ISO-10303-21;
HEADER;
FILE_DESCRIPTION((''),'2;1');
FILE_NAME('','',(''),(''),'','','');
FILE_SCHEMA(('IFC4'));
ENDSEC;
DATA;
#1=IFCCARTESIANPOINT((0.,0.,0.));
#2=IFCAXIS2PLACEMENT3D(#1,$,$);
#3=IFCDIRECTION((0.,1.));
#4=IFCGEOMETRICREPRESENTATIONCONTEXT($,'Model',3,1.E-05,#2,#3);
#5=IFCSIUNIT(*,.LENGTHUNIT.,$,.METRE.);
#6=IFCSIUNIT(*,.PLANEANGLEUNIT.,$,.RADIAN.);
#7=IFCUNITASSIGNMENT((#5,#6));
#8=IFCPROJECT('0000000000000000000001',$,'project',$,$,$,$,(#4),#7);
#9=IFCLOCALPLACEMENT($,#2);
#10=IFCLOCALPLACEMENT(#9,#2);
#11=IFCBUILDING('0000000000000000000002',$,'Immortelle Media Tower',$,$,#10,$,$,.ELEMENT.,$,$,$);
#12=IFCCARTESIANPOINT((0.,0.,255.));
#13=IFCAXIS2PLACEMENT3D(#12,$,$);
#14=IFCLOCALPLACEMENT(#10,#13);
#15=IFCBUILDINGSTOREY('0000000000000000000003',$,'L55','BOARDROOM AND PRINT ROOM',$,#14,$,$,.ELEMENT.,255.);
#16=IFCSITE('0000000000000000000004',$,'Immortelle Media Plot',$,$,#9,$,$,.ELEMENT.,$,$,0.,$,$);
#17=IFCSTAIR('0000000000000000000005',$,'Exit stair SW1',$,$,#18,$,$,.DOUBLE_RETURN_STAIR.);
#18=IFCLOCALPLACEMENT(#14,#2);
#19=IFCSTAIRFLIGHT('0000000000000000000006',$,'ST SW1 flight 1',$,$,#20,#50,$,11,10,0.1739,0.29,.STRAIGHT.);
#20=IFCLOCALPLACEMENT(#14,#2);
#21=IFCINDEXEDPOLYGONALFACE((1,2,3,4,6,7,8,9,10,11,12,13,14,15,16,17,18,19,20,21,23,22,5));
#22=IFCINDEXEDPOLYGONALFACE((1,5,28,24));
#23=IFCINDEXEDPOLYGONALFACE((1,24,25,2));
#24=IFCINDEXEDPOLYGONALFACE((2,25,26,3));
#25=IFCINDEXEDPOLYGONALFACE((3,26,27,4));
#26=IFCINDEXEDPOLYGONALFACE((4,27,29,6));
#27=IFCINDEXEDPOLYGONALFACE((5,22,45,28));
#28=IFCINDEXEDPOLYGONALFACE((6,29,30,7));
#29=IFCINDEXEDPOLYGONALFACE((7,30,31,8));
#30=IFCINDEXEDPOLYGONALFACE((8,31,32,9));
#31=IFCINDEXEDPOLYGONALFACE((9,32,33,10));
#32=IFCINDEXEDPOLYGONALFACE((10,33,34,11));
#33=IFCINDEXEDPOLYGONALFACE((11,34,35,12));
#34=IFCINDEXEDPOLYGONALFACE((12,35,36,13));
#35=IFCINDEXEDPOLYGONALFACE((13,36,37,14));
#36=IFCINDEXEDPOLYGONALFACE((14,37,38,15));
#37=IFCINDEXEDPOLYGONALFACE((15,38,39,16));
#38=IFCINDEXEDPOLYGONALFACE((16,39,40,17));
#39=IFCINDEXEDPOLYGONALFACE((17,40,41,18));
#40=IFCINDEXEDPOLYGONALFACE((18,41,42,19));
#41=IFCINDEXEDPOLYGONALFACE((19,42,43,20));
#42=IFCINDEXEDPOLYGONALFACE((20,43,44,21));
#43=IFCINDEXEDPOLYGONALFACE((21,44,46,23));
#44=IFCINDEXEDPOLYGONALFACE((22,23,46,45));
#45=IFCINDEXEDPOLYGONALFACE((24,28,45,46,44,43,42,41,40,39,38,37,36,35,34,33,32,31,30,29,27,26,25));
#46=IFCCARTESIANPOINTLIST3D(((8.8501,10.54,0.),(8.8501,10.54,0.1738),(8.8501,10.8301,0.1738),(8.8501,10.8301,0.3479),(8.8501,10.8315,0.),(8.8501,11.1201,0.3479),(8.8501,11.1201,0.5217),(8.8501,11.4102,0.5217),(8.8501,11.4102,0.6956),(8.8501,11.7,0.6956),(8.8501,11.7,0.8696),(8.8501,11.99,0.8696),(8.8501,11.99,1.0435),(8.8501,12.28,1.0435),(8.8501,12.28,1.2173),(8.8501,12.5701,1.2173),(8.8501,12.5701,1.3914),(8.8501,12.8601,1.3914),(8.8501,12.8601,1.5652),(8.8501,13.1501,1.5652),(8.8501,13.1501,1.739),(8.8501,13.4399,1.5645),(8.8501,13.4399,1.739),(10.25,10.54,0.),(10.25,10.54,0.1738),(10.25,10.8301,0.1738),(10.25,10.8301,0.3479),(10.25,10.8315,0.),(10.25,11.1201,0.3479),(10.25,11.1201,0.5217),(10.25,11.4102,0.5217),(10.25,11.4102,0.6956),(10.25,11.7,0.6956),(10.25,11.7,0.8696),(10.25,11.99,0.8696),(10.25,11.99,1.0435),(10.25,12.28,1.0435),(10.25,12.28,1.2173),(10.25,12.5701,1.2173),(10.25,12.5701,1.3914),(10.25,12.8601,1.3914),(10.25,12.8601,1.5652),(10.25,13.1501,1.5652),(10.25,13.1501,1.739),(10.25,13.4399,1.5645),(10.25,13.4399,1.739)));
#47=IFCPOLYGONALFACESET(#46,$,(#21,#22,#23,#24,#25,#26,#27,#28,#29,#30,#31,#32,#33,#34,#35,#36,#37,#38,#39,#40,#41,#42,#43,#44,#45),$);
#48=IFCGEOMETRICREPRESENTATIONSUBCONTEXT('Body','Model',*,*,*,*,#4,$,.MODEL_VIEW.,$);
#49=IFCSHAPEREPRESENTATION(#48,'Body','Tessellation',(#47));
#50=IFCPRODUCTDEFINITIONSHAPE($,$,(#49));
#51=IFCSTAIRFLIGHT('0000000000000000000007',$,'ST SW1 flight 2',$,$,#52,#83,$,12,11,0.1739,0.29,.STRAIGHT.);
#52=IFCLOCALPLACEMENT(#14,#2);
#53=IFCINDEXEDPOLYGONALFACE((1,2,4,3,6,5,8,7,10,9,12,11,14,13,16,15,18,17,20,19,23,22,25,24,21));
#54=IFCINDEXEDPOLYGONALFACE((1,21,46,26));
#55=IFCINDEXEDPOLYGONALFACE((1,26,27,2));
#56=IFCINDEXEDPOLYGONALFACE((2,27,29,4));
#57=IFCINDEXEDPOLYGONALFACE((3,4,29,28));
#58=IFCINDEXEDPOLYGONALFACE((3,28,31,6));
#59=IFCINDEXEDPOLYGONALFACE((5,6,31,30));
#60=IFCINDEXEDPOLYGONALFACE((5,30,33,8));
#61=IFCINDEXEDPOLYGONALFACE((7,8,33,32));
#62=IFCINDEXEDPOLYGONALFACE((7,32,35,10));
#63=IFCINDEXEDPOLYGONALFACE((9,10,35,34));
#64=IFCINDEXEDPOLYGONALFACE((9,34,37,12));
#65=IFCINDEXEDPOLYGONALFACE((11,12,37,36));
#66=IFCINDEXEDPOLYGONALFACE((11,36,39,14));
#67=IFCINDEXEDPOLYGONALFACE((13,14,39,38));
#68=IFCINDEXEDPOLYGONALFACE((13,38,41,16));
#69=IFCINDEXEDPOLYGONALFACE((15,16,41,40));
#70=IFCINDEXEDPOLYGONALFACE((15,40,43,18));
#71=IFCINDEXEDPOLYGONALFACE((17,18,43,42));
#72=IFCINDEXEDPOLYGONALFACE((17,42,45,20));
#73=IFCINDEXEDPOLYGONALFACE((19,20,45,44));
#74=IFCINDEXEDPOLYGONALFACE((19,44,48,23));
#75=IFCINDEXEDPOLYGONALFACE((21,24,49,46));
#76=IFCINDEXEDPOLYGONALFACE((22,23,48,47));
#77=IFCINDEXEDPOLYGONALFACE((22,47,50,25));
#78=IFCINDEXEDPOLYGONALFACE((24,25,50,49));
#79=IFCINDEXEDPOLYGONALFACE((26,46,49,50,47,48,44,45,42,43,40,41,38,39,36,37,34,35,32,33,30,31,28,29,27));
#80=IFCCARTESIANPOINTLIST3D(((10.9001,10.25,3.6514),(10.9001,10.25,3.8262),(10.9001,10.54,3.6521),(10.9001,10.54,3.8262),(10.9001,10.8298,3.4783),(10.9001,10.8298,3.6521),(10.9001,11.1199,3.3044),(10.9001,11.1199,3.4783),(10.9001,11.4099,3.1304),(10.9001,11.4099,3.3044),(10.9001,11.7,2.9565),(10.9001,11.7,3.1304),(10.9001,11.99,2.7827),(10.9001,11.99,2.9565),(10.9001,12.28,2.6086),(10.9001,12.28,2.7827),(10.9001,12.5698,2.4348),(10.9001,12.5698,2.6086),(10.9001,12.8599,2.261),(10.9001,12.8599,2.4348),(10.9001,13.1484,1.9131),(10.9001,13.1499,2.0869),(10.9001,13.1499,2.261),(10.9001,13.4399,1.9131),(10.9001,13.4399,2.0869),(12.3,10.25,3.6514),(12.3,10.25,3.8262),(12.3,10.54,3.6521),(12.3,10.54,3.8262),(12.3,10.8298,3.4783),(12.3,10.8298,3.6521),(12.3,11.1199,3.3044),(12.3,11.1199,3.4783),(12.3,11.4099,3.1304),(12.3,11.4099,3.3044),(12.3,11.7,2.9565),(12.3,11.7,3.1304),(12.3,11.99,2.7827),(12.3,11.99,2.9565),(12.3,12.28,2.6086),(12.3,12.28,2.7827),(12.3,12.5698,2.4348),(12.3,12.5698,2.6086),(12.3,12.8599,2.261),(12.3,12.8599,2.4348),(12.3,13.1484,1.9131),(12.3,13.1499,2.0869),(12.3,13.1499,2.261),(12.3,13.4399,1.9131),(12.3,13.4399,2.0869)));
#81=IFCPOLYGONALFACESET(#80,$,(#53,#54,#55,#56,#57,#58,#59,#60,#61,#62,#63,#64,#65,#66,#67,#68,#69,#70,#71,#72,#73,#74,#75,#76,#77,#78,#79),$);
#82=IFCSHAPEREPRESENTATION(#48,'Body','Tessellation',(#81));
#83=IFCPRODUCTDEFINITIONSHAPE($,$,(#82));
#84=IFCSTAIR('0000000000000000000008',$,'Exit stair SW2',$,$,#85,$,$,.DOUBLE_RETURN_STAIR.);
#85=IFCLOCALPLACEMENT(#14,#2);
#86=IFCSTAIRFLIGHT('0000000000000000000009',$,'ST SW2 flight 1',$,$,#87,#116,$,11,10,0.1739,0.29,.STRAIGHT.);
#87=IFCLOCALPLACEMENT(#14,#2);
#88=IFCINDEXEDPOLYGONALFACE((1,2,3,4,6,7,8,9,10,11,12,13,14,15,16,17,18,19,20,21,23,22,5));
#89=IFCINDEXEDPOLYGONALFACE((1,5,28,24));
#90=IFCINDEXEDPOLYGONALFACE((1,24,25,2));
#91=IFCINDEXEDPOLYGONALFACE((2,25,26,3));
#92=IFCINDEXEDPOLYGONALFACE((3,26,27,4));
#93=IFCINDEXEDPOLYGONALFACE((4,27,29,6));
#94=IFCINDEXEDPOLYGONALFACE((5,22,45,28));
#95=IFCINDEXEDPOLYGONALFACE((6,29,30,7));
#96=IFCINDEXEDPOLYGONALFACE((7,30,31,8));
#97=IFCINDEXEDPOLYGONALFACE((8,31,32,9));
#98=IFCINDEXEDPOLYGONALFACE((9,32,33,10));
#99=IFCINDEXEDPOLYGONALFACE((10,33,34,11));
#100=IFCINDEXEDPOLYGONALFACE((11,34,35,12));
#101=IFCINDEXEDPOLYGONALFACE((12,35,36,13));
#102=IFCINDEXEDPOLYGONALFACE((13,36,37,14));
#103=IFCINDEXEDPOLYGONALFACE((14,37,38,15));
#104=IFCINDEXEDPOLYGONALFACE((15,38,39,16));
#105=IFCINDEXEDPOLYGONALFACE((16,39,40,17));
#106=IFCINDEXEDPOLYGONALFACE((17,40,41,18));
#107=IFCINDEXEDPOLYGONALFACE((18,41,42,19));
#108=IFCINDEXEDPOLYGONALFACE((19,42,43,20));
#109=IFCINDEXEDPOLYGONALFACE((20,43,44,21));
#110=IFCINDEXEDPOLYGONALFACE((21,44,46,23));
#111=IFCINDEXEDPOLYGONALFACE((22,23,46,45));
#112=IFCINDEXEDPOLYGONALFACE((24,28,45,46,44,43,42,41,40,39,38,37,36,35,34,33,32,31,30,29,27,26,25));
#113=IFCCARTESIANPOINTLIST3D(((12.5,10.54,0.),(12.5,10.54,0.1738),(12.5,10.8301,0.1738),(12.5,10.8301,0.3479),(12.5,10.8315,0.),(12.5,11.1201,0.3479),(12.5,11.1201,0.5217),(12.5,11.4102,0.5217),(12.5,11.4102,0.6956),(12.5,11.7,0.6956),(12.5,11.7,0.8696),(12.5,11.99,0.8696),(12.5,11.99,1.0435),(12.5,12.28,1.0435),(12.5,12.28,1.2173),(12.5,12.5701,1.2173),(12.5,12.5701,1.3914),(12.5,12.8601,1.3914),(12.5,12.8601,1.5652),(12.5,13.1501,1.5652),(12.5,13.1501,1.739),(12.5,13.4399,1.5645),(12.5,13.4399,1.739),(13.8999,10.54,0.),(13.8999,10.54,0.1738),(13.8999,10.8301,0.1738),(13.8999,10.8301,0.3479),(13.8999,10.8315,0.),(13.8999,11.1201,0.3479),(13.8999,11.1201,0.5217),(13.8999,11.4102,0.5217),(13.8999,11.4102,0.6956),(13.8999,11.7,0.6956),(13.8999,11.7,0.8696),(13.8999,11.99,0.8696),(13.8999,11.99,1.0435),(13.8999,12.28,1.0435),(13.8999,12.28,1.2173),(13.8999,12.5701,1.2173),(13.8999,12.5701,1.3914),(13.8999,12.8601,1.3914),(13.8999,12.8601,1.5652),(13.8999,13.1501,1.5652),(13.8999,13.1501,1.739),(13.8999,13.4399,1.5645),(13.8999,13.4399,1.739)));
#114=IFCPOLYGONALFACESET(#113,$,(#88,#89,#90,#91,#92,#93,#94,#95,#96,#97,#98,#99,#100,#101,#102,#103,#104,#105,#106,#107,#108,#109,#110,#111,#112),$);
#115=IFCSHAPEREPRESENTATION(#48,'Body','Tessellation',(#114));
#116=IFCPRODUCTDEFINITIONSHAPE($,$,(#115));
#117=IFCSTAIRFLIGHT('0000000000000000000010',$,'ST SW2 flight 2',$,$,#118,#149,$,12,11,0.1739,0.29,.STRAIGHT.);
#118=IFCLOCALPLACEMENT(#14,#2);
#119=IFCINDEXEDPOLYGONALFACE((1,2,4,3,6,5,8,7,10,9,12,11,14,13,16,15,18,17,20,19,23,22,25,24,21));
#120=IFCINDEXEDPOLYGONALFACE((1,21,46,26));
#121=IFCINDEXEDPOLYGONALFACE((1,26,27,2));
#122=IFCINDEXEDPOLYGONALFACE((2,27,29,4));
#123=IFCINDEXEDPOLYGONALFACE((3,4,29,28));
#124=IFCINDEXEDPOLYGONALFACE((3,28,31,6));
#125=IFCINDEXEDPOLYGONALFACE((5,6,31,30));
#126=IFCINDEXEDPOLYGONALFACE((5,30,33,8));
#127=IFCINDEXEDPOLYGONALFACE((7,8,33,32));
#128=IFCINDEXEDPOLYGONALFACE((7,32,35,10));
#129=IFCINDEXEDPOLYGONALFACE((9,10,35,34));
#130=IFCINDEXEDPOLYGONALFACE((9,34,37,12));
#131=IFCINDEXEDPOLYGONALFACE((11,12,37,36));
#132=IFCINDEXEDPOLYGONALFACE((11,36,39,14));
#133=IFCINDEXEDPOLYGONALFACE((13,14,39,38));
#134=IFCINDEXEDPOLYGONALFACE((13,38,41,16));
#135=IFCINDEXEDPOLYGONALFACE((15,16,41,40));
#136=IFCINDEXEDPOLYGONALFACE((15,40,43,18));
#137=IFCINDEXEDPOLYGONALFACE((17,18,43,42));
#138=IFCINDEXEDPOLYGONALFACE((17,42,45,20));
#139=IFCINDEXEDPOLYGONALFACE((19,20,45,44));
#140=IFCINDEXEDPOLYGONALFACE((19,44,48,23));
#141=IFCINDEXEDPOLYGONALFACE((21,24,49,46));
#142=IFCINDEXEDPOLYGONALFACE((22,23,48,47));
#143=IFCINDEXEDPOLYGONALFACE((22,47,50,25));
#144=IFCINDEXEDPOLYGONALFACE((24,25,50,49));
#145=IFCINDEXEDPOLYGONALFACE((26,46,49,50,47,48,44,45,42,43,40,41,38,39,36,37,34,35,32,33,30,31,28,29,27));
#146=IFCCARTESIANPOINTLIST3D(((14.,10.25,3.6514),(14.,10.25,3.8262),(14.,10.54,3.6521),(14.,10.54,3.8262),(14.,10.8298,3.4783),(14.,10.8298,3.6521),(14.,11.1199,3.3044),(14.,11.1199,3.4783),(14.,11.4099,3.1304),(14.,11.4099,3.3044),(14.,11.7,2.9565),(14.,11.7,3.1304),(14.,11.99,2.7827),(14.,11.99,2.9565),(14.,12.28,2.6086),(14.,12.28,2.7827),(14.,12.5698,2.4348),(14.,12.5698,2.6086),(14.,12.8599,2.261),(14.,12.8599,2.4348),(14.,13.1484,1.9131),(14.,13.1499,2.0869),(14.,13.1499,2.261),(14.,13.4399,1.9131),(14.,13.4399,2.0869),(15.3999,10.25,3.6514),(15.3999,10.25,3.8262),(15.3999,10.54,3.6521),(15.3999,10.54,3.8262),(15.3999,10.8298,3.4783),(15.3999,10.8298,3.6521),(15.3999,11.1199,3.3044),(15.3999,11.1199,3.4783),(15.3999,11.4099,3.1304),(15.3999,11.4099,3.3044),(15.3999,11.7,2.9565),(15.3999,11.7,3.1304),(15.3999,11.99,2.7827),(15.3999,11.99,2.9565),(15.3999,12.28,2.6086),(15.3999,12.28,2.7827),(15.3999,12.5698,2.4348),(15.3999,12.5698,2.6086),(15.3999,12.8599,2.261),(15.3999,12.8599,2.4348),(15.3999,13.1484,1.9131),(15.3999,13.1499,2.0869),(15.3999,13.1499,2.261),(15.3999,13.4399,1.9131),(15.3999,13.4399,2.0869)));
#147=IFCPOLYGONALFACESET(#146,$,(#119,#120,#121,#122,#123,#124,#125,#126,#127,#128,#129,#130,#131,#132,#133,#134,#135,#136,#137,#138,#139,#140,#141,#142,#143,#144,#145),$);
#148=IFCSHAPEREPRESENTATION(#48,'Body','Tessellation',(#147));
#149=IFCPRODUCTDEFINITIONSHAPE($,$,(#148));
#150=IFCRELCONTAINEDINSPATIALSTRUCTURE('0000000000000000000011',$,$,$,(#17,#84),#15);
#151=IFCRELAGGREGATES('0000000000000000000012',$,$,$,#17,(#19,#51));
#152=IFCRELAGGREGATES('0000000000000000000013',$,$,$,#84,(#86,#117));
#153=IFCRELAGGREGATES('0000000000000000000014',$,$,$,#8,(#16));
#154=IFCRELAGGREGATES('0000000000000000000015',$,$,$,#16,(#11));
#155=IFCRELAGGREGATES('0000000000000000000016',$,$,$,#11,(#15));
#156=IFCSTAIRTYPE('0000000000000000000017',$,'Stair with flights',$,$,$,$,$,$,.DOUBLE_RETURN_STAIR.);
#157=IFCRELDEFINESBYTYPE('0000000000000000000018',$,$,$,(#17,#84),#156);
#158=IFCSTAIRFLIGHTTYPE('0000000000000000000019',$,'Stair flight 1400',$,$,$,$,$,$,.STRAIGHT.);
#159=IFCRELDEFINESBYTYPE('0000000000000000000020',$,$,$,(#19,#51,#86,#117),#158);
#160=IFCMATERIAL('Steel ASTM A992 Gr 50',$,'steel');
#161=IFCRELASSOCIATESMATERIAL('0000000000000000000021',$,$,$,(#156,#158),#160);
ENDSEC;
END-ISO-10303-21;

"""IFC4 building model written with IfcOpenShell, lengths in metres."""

from ifc_helpers import new_model, si_unit, direction, frame, origin, place, context, subcontext, project, spatial, polyline, outline, extrude, material, type_object, element, aggregate, save


model = new_model("IFC4")

# Units and contexts
model_context = context("Model", 3, precision=1e-05, world=origin(), true_north=direction((0.0, 1.0)))
body_context = subcontext(model_context, "Body", "Model", "MODEL_VIEW")
ifc_project = project(units=[si_unit("LENGTHUNIT", "METRE"), si_unit("PLANEANGLEUNIT", "RADIAN")], contexts=[model_context])

# Site, building, storey
site_placement = place(None, origin())
site = spatial("IfcSite", under=ifc_project, at=site_placement, Name="Immortelle Media Plot", CompositionType="ELEMENT", RefElevation=0.0)
building_placement = place(site_placement, origin())
building = spatial("IfcBuilding", under=site, at=building_placement, Name="Immortelle Media Tower", CompositionType="ELEMENT")
storey_placement = place(building_placement, frame((0.0, 0.0, 255.0)))
storey = spatial("IfcBuildingStorey", under=building, at=storey_placement, Name="L55", Description="BOARDROOM AND PRINT ROOM", CompositionType="ELEMENT", Elevation=255.0)

# Shared definitions
ifc_material_1 = material(Name="Steel ASTM A992 Gr 50", Category="steel")

# Stairs, stair flights
stair_type = type_object("IfcStairType", Name="Stair with flights", PredefinedType="DOUBLE_RETURN_STAIR", material=ifc_material_1)
stair_1_placement = place(storey_placement, origin())
stair_1 = element("IfcStair", 1, at=stair_1_placement, inside=storey, type_object=stair_type, Name="Exit stair SW1", PredefinedType="DOUBLE_RETURN_STAIR")
stair_flight_type = type_object("IfcStairFlightType", Name="Stair flight 1400", PredefinedType="STRAIGHT", material=ifc_material_1)
stair_flight_1_placement = place(storey_placement, frame((9.55, 10.54, 0.0), z_axis=(0.0, 0.0, 1.0), x_axis=(0.0, 1.0, 0.0)))
stair_flight_1 = element("IfcStairFlight", 2, at=stair_flight_1_placement, type_object=stair_flight_type, Name="ST SW1 flight 1", NumberOfRisers=11, NumberOfTreads=10, PredefinedType="STRAIGHT", RiserHeight=0.1739, TreadLength=0.29, context=body_context, shape_type="SweptSolid", body=[
    extrude(outline(polyline([(0.0, 0.0), (0.0, 0.1738), (0.29, 0.1738), (0.29, 0.3479), (0.5801, 0.3479), (0.5801, 0.5217), (0.8701, 0.5217), (0.8701, 0.6956), (1.1599, 0.6956), (1.1599, 0.8696), (1.45, 0.8696), (1.45, 1.0435), (1.74, 1.0435), (1.74, 1.2173), (2.03, 1.2173), (2.03, 1.3914), (2.3201, 1.3914), (2.3201, 1.5652), (2.6101, 1.5652), (2.6101, 1.739), (2.8999, 1.739), (2.8999, 1.9131), (2.8999, 1.5645), (0.2915, 0.0), (0.0, 0.0)])), frame((0.0, 0.7, 0.0), z_axis=(0.0, -1.0, 0.0), x_axis=(1.0, 0.0, 0.0)), (0.0, 0.0, 1.0), 1.3999),
])
stair_flight_2_placement = place(storey_placement, frame((11.6001, 13.4399, 1.9131), z_axis=(0.0, 0.0, 1.0), x_axis=(0.0, -1.0, 0.0)))
stair_flight_2 = element("IfcStairFlight", 3, at=stair_flight_2_placement, type_object=stair_flight_type, Name="ST SW1 flight 2", NumberOfRisers=12, NumberOfTreads=11, PredefinedType="STRAIGHT", RiserHeight=0.1739, TreadLength=0.29, context=body_context, shape_type="SweptSolid", body=[
    extrude(outline(polyline([(0.0, 0.0), (0.0, 0.1738), (0.29, 0.1738), (0.29, 0.3479), (0.5801, 0.3479), (0.5801, 0.5217), (0.8701, 0.5217), (0.8701, 0.6956), (1.1599, 0.6956), (1.1599, 0.8696), (1.45, 0.8696), (1.45, 1.0435), (1.74, 1.0435), (1.74, 1.2173), (2.03, 1.2173), (2.03, 1.3914), (2.3201, 1.3914), (2.3201, 1.5652), (2.6101, 1.5652), (2.6101, 1.739), (2.8999, 1.739), (2.8999, 1.9131), (3.1899, 1.9131), (3.1899, 2.0869), (3.1899, 1.7383), (0.2915, 0.0), (0.0, 0.0)])), frame((0.0, 0.7, 0.0), z_axis=(0.0, -1.0, 0.0), x_axis=(1.0, 0.0, 0.0)), (0.0, 0.0, 1.0), 1.3999),
])
aggregate(stair_1, [stair_flight_1, stair_flight_2])
stair_2_placement = place(storey_placement, origin())
stair_2 = element("IfcStair", 4, at=stair_2_placement, inside=storey, type_object=stair_type, Name="Exit stair SW2", PredefinedType="DOUBLE_RETURN_STAIR")
stair_flight_3_placement = place(storey_placement, frame((13.2, 10.54, 0.0), z_axis=(0.0, 0.0, 1.0), x_axis=(0.0, 1.0, 0.0)))
stair_flight_3 = element("IfcStairFlight", 5, at=stair_flight_3_placement, type_object=stair_flight_type, Name="ST SW2 flight 1", NumberOfRisers=11, NumberOfTreads=10, PredefinedType="STRAIGHT", RiserHeight=0.1739, TreadLength=0.29, context=body_context, shape_type="SweptSolid", body=[
    extrude(outline(polyline([(0.0, 0.0), (0.0, 0.1738), (0.29, 0.1738), (0.29, 0.3479), (0.5801, 0.3479), (0.5801, 0.5217), (0.8701, 0.5217), (0.8701, 0.6956), (1.1599, 0.6956), (1.1599, 0.8696), (1.45, 0.8696), (1.45, 1.0435), (1.74, 1.0435), (1.74, 1.2173), (2.03, 1.2173), (2.03, 1.3914), (2.3201, 1.3914), (2.3201, 1.5652), (2.6101, 1.5652), (2.6101, 1.739), (2.8999, 1.739), (2.8999, 1.9131), (2.8999, 1.5645), (0.2915, 0.0), (0.0, 0.0)])), frame((0.0, 0.7, 0.0), z_axis=(0.0, -1.0, 0.0), x_axis=(1.0, 0.0, 0.0)), (0.0, 0.0, 1.0), 1.3999),
])
stair_flight_4_placement = place(storey_placement, frame((14.7, 13.4399, 1.9131), z_axis=(0.0, 0.0, 1.0), x_axis=(0.0, -1.0, 0.0)))
stair_flight_4 = element("IfcStairFlight", 6, at=stair_flight_4_placement, type_object=stair_flight_type, Name="ST SW2 flight 2", NumberOfRisers=12, NumberOfTreads=11, PredefinedType="STRAIGHT", RiserHeight=0.1739, TreadLength=0.29, context=body_context, shape_type="SweptSolid", body=[
    extrude(outline(polyline([(0.0, 0.0), (0.0, 0.1738), (0.29, 0.1738), (0.29, 0.3479), (0.5801, 0.3479), (0.5801, 0.5217), (0.8701, 0.5217), (0.8701, 0.6956), (1.1599, 0.6956), (1.1599, 0.8696), (1.45, 0.8696), (1.45, 1.0435), (1.74, 1.0435), (1.74, 1.2173), (2.03, 1.2173), (2.03, 1.3914), (2.3201, 1.3914), (2.3201, 1.5652), (2.6101, 1.5652), (2.6101, 1.739), (2.8999, 1.739), (2.8999, 1.9131), (3.1899, 1.9131), (3.1899, 2.0869), (3.1899, 1.7383), (0.2915, 0.0), (0.0, 0.0)])), frame((0.0, 0.7, 0.0), z_axis=(0.0, -1.0, 0.0), x_axis=(1.0, 0.0, 0.0)), (0.0, 0.0, 1.0), 1.3999),
])
aggregate(stair_2, [stair_flight_3, stair_flight_4])

save(model, "model.ifc")
